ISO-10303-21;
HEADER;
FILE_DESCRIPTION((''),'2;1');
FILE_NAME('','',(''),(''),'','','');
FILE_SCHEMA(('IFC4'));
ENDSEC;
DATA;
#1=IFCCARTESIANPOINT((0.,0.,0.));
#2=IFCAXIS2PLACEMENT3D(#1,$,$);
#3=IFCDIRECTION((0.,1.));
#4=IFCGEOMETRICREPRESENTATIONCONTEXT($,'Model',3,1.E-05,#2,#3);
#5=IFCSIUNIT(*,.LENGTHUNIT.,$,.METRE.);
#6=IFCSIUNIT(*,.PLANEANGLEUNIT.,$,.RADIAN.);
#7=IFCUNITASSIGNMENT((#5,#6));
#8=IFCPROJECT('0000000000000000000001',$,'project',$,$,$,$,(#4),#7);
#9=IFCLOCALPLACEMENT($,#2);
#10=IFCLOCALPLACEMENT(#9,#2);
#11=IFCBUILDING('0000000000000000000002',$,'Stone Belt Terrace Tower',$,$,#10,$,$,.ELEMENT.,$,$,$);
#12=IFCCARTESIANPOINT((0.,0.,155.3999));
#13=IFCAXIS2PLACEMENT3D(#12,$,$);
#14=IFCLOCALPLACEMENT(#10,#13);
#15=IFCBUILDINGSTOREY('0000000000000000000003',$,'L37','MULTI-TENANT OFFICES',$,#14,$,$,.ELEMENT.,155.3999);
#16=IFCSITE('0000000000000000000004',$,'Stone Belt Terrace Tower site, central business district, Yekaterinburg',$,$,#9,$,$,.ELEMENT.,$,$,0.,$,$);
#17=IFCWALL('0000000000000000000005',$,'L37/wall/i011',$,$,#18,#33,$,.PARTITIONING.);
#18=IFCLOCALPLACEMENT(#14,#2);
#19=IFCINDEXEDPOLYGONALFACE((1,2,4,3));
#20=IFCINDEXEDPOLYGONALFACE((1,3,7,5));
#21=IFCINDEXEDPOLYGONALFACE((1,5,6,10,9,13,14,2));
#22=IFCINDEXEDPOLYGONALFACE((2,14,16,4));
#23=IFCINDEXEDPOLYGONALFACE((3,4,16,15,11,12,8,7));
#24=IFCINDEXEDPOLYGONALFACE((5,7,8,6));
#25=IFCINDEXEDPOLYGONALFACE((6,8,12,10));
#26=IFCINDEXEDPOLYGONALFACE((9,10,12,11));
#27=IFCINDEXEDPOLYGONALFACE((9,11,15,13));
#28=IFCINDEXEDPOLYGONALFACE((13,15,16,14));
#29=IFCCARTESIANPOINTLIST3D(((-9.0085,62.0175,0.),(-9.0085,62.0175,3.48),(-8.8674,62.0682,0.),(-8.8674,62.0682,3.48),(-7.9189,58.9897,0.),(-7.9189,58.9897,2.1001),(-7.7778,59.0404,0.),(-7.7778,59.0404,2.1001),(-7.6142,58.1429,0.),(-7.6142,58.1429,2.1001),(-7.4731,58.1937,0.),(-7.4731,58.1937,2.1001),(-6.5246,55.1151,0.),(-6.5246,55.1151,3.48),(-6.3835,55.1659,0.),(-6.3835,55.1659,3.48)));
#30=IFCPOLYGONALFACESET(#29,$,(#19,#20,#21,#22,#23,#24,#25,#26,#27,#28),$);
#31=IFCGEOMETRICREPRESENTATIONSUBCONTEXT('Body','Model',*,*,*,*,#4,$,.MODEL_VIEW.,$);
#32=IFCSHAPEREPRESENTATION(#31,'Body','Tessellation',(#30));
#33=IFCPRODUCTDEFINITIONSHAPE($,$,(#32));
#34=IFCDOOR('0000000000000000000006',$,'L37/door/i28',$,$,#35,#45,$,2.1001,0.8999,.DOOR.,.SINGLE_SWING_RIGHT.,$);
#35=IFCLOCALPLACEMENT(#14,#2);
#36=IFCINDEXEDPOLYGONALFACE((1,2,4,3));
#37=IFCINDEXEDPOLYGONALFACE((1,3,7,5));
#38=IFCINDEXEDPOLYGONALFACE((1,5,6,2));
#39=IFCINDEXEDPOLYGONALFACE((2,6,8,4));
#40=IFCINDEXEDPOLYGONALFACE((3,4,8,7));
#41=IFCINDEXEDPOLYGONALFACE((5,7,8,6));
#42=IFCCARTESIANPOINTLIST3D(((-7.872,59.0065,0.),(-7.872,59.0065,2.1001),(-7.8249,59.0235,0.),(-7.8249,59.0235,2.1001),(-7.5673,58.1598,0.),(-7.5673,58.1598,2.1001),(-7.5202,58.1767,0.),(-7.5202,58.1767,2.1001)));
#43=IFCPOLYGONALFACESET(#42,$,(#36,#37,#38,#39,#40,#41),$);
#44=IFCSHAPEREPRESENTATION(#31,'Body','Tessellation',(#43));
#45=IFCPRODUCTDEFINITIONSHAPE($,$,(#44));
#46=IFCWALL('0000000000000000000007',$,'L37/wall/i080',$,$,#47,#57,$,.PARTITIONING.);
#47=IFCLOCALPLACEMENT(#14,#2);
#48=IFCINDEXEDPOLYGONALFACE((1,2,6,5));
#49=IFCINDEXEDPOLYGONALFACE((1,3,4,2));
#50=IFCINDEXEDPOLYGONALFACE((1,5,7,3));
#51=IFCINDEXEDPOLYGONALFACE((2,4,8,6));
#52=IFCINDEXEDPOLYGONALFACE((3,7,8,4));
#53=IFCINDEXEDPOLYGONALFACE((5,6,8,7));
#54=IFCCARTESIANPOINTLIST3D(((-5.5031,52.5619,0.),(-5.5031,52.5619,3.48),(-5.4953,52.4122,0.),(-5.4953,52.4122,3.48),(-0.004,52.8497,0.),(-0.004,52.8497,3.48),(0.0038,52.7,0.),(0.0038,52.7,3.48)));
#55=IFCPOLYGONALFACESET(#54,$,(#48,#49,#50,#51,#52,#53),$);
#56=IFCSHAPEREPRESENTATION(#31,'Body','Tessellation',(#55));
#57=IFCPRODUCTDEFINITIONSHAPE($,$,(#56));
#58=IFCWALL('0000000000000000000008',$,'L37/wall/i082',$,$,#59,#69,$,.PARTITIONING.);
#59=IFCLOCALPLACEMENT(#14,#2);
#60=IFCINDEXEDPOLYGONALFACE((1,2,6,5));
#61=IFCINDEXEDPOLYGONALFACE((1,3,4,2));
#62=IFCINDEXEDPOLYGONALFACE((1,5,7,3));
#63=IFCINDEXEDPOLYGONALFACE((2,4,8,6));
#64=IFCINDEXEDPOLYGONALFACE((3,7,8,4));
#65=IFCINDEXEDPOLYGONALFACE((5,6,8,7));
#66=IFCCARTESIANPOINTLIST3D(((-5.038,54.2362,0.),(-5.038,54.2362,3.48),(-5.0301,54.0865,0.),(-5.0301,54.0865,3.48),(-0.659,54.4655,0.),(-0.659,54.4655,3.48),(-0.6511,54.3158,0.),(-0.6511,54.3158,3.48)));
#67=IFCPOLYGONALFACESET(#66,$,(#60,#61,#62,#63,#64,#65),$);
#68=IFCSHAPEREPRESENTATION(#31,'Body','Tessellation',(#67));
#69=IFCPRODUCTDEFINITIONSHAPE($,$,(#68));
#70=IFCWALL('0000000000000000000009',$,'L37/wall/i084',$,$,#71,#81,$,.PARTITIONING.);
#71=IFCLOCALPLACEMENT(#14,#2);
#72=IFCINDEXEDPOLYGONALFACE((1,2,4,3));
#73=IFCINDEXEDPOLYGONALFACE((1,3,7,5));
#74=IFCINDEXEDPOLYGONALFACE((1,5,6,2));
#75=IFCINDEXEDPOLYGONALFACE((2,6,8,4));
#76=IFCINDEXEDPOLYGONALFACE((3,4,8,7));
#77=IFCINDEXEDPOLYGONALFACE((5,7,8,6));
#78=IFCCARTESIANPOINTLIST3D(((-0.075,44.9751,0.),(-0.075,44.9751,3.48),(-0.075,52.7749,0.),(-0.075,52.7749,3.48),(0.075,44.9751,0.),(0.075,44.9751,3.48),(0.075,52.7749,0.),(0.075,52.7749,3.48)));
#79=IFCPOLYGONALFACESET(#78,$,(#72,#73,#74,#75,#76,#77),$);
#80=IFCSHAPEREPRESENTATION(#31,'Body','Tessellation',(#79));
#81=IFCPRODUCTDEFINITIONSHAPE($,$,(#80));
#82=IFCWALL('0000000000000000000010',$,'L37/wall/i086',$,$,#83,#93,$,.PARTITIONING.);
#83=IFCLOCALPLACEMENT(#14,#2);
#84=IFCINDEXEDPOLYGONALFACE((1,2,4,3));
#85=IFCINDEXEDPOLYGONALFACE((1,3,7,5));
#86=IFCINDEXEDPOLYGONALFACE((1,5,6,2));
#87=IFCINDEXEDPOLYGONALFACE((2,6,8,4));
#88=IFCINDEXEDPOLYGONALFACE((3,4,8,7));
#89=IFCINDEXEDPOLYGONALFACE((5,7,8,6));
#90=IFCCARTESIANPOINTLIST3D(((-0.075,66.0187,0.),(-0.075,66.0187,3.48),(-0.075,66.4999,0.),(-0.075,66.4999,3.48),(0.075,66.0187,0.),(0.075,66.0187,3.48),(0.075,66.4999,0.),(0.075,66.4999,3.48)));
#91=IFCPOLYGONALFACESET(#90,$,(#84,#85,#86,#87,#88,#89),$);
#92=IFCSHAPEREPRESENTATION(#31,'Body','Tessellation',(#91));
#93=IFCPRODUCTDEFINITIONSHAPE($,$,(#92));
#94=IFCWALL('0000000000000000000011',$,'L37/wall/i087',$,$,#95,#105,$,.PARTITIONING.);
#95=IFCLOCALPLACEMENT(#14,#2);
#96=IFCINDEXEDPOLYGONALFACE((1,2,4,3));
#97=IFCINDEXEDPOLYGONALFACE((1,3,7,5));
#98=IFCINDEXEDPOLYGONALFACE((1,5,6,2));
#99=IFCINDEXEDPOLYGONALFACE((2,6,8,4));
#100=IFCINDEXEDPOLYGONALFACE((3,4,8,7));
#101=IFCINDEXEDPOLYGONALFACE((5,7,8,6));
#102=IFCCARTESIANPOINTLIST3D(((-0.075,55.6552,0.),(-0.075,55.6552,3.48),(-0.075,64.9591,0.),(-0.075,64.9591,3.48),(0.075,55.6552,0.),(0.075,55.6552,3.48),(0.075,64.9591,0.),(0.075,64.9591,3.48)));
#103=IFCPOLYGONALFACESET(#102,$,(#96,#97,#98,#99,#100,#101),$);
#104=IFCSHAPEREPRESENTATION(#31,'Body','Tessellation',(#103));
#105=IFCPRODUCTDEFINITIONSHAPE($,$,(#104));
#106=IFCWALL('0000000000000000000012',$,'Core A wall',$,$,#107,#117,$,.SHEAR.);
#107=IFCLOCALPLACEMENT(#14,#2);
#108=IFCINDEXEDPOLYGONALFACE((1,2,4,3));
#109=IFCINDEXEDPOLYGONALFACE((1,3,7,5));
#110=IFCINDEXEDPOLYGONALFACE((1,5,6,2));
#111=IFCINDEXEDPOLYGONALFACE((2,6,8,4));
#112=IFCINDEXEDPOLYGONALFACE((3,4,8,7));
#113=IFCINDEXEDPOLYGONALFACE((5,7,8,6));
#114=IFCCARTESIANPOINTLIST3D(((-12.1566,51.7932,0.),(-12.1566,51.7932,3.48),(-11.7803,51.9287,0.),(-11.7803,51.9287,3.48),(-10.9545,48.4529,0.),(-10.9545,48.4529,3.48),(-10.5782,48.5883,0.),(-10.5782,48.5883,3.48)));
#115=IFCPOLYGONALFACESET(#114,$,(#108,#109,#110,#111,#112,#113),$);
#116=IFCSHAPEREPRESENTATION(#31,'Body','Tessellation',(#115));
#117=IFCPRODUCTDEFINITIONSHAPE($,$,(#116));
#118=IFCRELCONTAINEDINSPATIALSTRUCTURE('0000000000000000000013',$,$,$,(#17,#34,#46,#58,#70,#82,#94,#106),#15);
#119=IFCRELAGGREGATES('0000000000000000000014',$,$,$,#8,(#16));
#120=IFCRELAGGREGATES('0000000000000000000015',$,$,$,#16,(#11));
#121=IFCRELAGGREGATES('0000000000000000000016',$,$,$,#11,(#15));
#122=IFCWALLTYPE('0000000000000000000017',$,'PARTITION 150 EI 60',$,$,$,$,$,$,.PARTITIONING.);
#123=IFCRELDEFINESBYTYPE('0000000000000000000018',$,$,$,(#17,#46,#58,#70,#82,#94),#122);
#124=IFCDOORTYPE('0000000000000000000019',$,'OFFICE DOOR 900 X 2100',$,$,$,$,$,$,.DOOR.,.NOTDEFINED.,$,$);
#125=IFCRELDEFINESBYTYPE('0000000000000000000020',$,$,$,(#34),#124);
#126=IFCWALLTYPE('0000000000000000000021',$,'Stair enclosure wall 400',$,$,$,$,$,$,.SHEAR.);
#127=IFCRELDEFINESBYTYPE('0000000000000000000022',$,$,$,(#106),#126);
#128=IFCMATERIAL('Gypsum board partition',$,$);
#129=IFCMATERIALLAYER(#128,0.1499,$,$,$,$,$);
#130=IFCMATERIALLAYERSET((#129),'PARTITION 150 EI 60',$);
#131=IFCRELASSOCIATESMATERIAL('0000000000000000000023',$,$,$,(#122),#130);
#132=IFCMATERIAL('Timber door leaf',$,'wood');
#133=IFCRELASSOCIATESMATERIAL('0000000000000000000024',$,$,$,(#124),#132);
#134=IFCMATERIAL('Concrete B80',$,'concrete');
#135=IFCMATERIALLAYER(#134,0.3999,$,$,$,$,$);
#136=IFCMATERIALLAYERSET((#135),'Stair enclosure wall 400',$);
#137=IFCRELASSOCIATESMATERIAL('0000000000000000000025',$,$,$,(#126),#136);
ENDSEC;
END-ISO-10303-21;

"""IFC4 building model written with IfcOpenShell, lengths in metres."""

from ifc_helpers import new_model, si_unit, direction, frame, frame_2d, origin, place, context, subcontext, project, spatial, rectangle, extrude, material, layer, layer_set, type_object, element, fill, save


model = new_model("IFC4")

# Units and contexts
model_context = context("Model", 3, precision=1e-05, world=origin(), true_north=direction((0.0, 1.0)))
body_context = subcontext(model_context, "Body", "Model", "MODEL_VIEW")
ifc_project = project(units=[si_unit("LENGTHUNIT", "METRE"), si_unit("PLANEANGLEUNIT", "RADIAN")], contexts=[model_context])

# Site, building, storey
site_placement = place(None, origin())
site = spatial("IfcSite", under=ifc_project, at=site_placement, Name="Stone Belt Terrace Tower site, central business district, Yekaterinburg", CompositionType="ELEMENT", RefElevation=0.0)
building_placement = place(site_placement, origin())
building = spatial("IfcBuilding", under=site, at=building_placement, Name="Stone Belt Terrace Tower", CompositionType="ELEMENT")
storey_placement = place(building_placement, frame((0.0, 0.0, 155.3999)))
storey = spatial("IfcBuildingStorey", under=building, at=storey_placement, Name="L37", Description="MULTI-TENANT OFFICES", CompositionType="ELEMENT", Elevation=155.3999)

# Shared definitions
ifc_material_1 = material(Name="Concrete B80", Category="concrete")

# Shared definitions
ifc_material_2 = material(Name="Timber door leaf", Category="wood")

# Shared definitions
ifc_material_3 = material(Name="Gypsum board partition")
ifc_layer_1 = layer(ifc_material_3, 0.1499)
ifc_layer_set_1 = layer_set([ifc_layer_1], Name="PARTITION 150 EI 60")
wall_type_1 = type_object("IfcWallType", Name="PARTITION 150 EI 60", PredefinedType="PARTITIONING", material=ifc_layer_set_1)
door_type_1 = type_object("IfcDoorType", Name="OFFICE DOOR 900 X 2100", OperationType="NOTDEFINED", PredefinedType="DOOR", material=ifc_material_2)

# Wall, opening, door
wall_1_placement = place(storey_placement, frame((-8.938, 62.043, 0.0), z_axis=(0.0, 0.0, 1.0), x_axis=(0.338604, -0.940929, 0.0)))
wall_1 = element("IfcWall", 1, at=wall_1_placement, inside=storey, type_object=wall_type_1, Name="L37/wall/i011", PredefinedType="PARTITIONING", context=body_context, shape_type="SweptSolid", body=[
    extrude(rectangle(XDim=7.3357, YDim=0.1499, at=frame_2d((3.668, 0.0))), origin(), (0.0, 0.0, 1.0), 3.48),
])
opening_1_placement = place(wall_1_placement, frame((3.218, 0.0, 0.0)))
opening_1 = element("IfcOpeningElement", 2, at=opening_1_placement, cuts=wall_1, PredefinedType="OPENING", context=body_context, shape_type="SweptSolid", body=[
    extrude(rectangle(XDim=0.8999, YDim=2.1001, at=frame_2d((0.45, 1.05))), frame((0.0, 0.085, 0.0), z_axis=(0.0, -1.0, 0.0), x_axis=(1.0, 0.0, 0.0)), (0.0, 0.0, 1.0), 0.1699),
])
door_1_placement = place(opening_1_placement, origin())
door_1 = element("IfcDoor", 3, at=door_1_placement, inside=storey, type_object=door_type_1, Name="L37/door/i28", OperationType="SINGLE_SWING_RIGHT", OverallHeight=2.1001, OverallWidth=0.8999, PredefinedType="DOOR", context=body_context, shape_type="SweptSolid", body=[
    extrude(rectangle(XDim=0.8999, YDim=2.1001, at=frame_2d((0.45, 1.05))), frame((0.0, 0.0249, 0.0), z_axis=(0.0, -1.0, 0.0), x_axis=(1.0, 0.0, 0.0)), (0.0, 0.0, 1.0), 0.05),
])
fill(opening_1, door_1)

# Walls
wall_2_placement = place(storey_placement, frame((0.0, 52.7749, 0.0), z_axis=(0.0, 0.0, 1.0), x_axis=(-0.998633, -0.052273, 0.0)))
element("IfcWall", 4, at=wall_2_placement, inside=storey, type_object=wall_type_1, Name="L37/wall/i080", PredefinedType="PARTITIONING", context=body_context, shape_type="SweptSolid", body=[
    extrude(rectangle(XDim=5.5066, YDim=0.1499, at=frame_2d((2.7534, 0.0))), origin(), (0.0, 0.0, 1.0), 3.48),
])
wall_3_placement = place(storey_placement, frame((-5.0339, 54.1614, 0.0), z_axis=(0.0, 0.0, 1.0), x_axis=(0.998632, 0.052281, 0.0)))
element("IfcWall", 5, at=wall_3_placement, inside=storey, type_object=wall_type_1, Name="L37/wall/i082", PredefinedType="PARTITIONING", context=body_context, shape_type="SweptSolid", body=[
    extrude(rectangle(XDim=4.385, YDim=0.1499, at=frame_2d((2.1924, 0.0))), origin(), (0.0, 0.0, 1.0), 3.48),
])
wall_4_placement = place(storey_placement, frame((0.0, 52.7749, 0.0), z_axis=(0.0, 0.0, 1.0), x_axis=(0.0, -1.0, 0.0)))
element("IfcWall", 6, at=wall_4_placement, inside=storey, type_object=wall_type_1, Name="L37/wall/i084", PredefinedType="PARTITIONING", context=body_context, shape_type="SweptSolid", body=[
    extrude(rectangle(XDim=7.7998, YDim=0.1499, at=frame_2d((3.8999, 0.0))), origin(), (0.0, 0.0, 1.0), 3.48),
])
wall_5_placement = place(storey_placement, frame((0.0, 66.5, 0.0), z_axis=(0.0, 0.0, 1.0), x_axis=(0.0, -1.0, 0.0)))
element("IfcWall", 7, at=wall_5_placement, inside=storey, type_object=wall_type_1, Name="L37/wall/i086", PredefinedType="PARTITIONING", context=body_context, shape_type="SweptSolid", body=[
    extrude(rectangle(XDim=0.4812, YDim=0.1499, at=frame_2d((0.2407, 0.0))), origin(), (0.0, 0.0, 1.0), 3.48),
])
wall_6_placement = place(storey_placement, frame((0.0, 64.959, 0.0), z_axis=(0.0, 0.0, 1.0), x_axis=(0.0, -1.0, 0.0)))
element("IfcWall", 8, at=wall_6_placement, inside=storey, type_object=wall_type_1, Name="L37/wall/i087", PredefinedType="PARTITIONING", context=body_context, shape_type="SweptSolid", body=[
    extrude(rectangle(XDim=9.304, YDim=0.1499, at=frame_2d((4.6519, 0.0))), origin(), (0.0, 0.0, 1.0), 3.48),
])
ifc_layer_2 = layer(ifc_material_1, 0.3999)
ifc_layer_set_2 = layer_set([ifc_layer_2], Name="Stair enclosure wall 400")
wall_type_2 = type_object("IfcWallType", Name="Stair enclosure wall 400", PredefinedType="SHEAR", material=ifc_layer_set_2)
wall_7_placement = place(storey_placement, frame((-10.7664, 48.5208, 0.0), z_axis=(0.0, 0.0, 1.0), x_axis=(-0.338627, 0.940921, 0.0)))
element("IfcWall", 9, at=wall_7_placement, inside=storey, type_object=wall_type_2, Name="Core A wall", PredefinedType="SHEAR", context=body_context, shape_type="SweptSolid", body=[
    extrude(rectangle(XDim=3.55, YDim=0.3999, at=frame_2d((1.7749, 0.0))), origin(), (0.0, 0.0, 1.0), 3.48),
])

save(model, "model.ifc")
